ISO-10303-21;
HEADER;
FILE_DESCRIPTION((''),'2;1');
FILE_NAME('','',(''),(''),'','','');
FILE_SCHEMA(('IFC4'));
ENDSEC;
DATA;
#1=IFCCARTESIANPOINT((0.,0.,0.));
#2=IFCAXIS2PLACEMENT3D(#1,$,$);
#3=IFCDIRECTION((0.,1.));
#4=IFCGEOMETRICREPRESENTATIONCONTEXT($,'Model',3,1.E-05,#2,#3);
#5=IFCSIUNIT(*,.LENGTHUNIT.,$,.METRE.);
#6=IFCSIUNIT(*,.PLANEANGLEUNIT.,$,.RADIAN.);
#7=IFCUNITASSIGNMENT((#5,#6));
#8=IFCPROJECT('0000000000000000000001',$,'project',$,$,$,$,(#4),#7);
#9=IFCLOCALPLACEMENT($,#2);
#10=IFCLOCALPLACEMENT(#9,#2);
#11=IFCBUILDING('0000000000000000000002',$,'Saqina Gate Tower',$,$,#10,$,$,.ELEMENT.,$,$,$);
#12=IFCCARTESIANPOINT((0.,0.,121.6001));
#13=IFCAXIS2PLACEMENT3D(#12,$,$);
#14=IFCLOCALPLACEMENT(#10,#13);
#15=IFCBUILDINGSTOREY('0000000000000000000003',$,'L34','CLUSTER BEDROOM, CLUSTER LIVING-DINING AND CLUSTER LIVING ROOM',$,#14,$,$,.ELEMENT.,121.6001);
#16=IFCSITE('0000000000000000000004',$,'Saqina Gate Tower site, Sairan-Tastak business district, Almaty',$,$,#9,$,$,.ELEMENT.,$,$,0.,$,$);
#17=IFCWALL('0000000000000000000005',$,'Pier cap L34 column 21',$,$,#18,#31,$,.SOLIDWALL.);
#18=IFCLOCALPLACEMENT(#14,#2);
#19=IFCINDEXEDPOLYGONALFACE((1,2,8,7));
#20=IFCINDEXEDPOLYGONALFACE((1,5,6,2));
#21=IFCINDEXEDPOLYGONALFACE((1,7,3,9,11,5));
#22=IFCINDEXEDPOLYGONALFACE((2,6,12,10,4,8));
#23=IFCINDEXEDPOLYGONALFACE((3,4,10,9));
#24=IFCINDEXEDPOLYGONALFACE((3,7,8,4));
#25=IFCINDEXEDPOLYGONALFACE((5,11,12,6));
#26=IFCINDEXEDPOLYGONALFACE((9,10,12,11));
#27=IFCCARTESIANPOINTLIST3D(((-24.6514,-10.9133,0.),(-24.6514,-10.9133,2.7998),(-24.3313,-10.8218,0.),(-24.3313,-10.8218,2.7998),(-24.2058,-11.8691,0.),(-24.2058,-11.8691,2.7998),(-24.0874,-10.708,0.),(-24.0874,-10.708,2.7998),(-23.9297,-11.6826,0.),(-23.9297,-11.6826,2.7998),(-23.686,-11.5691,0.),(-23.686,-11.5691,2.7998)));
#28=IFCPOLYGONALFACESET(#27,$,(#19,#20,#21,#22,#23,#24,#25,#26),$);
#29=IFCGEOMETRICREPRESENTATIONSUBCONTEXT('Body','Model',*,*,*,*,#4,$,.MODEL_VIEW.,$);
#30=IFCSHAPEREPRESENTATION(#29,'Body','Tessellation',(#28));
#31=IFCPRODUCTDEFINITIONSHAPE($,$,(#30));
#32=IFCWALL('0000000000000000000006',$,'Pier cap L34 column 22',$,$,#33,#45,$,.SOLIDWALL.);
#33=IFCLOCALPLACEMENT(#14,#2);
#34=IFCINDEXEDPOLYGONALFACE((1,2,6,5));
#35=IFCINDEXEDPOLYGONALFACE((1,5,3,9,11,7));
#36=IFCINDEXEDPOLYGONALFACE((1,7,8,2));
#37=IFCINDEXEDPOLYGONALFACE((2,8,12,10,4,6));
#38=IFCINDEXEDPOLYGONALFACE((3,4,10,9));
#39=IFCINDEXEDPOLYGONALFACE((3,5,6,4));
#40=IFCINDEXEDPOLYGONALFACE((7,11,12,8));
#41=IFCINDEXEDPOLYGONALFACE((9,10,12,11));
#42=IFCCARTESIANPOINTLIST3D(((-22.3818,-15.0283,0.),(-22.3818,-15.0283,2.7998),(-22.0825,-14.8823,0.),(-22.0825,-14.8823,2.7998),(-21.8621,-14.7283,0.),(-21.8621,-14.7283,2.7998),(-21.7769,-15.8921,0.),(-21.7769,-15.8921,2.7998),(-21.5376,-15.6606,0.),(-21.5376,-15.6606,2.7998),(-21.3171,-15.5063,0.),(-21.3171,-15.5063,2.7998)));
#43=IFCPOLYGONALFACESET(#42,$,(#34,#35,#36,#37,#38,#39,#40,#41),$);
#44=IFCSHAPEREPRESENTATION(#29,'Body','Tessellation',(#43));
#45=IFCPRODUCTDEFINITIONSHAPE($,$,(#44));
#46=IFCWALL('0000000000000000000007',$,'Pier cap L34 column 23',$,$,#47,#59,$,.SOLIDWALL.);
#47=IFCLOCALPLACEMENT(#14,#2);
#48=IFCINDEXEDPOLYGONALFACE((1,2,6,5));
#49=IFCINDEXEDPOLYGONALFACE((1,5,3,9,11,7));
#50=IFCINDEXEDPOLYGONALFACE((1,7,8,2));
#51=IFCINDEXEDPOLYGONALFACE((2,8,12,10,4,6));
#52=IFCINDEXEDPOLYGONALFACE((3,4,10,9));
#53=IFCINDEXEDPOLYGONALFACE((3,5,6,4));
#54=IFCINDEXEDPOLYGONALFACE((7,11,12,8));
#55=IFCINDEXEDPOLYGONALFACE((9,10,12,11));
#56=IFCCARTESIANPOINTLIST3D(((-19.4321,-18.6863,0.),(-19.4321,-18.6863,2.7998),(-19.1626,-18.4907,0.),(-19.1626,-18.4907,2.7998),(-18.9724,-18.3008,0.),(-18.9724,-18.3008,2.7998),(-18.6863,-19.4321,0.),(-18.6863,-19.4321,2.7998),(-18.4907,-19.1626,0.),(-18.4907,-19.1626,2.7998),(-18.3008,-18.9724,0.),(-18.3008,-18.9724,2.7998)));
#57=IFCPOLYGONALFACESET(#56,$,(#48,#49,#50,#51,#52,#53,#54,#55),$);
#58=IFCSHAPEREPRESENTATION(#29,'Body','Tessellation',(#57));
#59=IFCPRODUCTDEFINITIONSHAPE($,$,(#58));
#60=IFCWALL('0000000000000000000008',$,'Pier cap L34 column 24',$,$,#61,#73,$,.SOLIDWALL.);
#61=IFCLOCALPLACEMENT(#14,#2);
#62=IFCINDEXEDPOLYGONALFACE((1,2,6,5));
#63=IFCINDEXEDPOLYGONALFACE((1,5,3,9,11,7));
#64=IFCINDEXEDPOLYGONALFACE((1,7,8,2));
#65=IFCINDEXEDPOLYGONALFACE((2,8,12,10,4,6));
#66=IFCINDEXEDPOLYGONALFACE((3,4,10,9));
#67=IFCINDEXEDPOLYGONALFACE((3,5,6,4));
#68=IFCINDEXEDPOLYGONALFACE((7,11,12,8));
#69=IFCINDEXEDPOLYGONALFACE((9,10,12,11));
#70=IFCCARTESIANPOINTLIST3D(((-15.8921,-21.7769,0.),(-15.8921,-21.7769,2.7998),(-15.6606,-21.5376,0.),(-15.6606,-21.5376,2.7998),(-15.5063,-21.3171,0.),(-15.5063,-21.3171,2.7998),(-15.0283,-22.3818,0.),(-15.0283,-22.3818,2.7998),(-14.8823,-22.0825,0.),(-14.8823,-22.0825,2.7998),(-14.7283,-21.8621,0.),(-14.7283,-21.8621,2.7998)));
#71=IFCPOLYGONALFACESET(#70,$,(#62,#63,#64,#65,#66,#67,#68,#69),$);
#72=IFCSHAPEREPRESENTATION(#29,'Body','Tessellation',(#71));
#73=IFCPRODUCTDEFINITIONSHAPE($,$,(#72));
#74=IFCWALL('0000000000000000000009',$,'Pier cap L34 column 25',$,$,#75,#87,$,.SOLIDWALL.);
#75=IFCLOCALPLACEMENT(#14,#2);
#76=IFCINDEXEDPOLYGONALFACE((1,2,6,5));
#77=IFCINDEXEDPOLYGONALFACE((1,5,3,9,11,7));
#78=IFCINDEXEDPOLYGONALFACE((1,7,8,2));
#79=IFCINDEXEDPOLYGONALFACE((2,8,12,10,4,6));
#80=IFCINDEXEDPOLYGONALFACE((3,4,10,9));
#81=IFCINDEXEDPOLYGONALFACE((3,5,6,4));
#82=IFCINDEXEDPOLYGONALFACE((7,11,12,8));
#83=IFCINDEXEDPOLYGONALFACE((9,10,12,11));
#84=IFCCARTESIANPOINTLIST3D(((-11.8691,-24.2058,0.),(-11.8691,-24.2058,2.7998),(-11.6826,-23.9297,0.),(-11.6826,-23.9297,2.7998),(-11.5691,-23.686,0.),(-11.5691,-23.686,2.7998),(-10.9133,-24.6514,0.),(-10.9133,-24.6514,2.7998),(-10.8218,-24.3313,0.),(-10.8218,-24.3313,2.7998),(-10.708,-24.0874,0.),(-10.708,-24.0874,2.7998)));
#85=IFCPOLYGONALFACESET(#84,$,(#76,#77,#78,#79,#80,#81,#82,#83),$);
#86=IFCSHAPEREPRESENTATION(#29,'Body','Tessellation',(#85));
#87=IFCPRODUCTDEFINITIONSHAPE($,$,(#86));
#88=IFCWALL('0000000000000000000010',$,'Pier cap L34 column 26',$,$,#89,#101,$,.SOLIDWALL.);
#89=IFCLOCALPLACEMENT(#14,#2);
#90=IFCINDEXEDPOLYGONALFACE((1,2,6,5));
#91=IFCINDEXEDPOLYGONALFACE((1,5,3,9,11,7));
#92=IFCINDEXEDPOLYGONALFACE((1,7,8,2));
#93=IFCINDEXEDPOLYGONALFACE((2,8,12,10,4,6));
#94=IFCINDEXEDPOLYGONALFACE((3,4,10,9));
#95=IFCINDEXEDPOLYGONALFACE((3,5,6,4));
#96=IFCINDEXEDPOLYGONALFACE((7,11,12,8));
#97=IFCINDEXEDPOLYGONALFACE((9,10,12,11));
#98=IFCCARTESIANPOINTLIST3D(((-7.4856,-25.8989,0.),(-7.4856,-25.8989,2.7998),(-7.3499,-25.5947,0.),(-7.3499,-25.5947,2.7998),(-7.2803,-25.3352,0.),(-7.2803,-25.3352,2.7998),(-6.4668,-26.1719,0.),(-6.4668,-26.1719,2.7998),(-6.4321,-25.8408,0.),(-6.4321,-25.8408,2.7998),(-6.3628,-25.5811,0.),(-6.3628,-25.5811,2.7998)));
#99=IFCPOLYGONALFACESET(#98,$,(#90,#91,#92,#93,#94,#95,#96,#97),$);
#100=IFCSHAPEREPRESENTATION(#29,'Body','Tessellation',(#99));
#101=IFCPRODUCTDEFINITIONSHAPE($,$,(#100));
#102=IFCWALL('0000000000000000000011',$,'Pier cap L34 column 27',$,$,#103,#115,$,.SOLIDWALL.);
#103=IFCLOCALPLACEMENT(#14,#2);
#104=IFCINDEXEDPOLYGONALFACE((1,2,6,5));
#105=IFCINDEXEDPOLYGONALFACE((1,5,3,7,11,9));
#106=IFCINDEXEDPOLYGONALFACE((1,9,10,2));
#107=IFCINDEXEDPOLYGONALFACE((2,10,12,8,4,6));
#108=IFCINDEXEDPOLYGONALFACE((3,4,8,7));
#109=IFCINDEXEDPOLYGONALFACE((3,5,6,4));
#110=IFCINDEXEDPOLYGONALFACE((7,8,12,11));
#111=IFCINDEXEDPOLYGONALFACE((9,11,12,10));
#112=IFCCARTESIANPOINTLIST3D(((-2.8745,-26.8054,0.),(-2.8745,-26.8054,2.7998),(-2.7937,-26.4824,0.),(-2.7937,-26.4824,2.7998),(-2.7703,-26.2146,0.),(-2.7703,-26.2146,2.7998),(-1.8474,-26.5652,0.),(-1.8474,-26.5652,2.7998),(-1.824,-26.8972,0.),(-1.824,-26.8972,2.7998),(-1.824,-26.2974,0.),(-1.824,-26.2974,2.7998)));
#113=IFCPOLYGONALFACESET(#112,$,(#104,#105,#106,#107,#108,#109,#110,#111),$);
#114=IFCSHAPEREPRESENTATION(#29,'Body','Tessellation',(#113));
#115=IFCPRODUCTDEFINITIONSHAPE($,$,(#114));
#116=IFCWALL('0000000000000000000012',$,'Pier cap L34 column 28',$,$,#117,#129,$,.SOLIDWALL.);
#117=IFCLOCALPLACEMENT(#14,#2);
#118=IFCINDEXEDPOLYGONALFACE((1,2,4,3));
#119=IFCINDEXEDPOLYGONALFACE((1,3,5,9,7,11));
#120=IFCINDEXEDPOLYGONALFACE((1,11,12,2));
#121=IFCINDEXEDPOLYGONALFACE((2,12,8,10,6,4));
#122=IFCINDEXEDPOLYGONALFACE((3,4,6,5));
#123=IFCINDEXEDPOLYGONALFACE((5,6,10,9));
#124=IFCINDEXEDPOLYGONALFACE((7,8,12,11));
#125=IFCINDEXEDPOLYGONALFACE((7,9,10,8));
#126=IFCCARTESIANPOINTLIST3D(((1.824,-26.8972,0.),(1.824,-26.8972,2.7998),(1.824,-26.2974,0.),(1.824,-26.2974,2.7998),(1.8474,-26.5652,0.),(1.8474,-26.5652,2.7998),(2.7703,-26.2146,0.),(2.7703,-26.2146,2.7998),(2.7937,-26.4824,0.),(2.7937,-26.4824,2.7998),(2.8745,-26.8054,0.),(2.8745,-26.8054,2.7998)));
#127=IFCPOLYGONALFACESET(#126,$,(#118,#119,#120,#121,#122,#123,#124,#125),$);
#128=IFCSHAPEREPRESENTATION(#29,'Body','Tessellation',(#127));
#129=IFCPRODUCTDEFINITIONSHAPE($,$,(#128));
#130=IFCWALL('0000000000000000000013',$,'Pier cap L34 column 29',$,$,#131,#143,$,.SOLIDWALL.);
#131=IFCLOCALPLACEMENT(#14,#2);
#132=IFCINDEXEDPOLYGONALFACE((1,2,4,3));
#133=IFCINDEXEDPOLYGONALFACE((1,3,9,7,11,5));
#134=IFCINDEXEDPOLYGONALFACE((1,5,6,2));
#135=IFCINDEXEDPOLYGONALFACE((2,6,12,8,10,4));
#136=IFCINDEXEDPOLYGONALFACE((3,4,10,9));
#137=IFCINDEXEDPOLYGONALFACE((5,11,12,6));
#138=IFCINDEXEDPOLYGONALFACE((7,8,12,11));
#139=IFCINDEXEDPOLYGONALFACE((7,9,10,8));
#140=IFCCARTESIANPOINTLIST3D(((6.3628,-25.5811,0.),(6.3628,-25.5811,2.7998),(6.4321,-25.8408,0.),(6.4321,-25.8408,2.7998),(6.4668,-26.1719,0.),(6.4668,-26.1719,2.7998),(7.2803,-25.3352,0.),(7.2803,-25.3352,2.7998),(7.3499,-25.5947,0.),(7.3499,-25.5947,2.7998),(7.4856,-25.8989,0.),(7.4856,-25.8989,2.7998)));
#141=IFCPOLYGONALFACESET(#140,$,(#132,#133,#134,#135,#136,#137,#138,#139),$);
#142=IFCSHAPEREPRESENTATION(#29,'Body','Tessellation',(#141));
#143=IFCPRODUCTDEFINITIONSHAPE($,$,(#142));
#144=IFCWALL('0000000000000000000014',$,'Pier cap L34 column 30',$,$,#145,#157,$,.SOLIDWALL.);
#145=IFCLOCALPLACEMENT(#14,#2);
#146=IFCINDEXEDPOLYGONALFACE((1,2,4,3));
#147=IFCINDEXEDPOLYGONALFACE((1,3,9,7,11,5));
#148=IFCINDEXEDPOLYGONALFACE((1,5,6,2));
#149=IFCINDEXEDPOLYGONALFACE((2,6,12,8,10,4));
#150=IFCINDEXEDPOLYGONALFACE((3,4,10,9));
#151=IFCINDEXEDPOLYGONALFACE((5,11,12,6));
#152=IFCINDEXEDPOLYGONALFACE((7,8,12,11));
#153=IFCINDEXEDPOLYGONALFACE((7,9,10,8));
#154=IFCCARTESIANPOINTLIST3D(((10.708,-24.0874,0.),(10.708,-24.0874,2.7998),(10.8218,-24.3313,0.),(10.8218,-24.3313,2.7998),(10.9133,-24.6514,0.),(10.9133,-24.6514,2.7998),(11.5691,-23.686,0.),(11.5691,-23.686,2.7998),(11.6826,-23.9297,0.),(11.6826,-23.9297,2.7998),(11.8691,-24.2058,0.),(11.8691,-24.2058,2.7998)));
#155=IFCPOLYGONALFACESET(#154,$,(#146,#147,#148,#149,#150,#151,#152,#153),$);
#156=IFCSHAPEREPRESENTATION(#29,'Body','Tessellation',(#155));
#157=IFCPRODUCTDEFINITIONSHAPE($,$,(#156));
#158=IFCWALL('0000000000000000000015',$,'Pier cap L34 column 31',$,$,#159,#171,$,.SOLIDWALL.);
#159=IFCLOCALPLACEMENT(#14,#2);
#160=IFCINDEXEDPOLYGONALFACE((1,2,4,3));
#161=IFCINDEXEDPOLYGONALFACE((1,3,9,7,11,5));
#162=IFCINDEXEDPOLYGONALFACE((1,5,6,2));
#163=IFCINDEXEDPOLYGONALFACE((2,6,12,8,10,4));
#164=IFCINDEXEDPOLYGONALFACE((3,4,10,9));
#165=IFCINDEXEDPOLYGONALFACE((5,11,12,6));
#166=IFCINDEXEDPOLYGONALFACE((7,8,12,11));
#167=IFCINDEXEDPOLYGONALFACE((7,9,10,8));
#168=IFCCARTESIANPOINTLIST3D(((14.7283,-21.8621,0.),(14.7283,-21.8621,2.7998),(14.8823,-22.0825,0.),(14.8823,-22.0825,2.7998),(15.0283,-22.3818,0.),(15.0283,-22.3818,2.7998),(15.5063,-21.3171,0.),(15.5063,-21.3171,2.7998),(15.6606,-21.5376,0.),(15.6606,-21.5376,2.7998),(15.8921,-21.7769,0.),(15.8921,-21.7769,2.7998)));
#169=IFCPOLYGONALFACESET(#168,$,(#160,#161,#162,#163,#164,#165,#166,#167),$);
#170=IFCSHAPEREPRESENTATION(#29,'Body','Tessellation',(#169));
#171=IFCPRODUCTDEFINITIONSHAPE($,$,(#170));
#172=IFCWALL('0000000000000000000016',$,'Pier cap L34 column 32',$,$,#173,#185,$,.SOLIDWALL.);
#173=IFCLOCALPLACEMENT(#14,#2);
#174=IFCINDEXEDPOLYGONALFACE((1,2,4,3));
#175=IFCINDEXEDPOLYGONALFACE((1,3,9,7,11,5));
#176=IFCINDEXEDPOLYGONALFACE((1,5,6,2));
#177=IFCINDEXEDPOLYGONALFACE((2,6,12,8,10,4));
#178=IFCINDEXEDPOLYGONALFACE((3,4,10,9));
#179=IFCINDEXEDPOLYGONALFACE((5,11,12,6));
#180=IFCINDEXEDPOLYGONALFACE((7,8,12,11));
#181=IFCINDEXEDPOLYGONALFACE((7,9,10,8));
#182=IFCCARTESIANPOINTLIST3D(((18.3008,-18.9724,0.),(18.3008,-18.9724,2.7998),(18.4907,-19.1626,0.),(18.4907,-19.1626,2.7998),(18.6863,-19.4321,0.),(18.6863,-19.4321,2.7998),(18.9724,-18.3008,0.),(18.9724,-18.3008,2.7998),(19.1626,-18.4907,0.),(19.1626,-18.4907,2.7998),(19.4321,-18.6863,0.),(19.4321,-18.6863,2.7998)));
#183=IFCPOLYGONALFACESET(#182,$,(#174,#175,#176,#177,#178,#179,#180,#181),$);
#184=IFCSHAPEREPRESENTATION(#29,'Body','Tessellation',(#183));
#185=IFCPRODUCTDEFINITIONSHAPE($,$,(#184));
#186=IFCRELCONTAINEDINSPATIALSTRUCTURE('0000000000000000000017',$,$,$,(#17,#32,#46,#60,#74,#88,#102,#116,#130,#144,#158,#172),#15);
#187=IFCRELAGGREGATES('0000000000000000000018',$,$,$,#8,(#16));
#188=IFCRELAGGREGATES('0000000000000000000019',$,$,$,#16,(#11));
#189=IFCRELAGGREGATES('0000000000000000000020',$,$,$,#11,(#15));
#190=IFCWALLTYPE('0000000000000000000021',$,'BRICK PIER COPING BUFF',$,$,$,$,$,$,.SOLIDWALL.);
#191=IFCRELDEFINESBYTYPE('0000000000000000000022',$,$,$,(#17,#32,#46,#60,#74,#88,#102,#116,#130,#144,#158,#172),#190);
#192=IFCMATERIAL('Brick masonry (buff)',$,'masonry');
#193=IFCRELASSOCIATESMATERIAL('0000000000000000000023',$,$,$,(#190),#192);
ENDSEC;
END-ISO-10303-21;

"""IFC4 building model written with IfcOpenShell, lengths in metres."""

from ifc_helpers import new_model, si_unit, direction, frame, origin, place, context, subcontext, project, spatial, polyline, outline, extrude, material, type_object, element, save


model = new_model("IFC4")

# Units and contexts
model_context = context("Model", 3, precision=1e-05, world=origin(), true_north=direction((0.0, 1.0)))
body_context = subcontext(model_context, "Body", "Model", "MODEL_VIEW")
ifc_project = project(units=[si_unit("LENGTHUNIT", "METRE"), si_unit("PLANEANGLEUNIT", "RADIAN")], contexts=[model_context])

# Site, building, storey
site_placement = place(None, origin())
site = spatial("IfcSite", under=ifc_project, at=site_placement, Name="Saqina Gate Tower site, Sairan-Tastak business district, Almaty", CompositionType="ELEMENT", RefElevation=0.0)
building_placement = place(site_placement, origin())
building = spatial("IfcBuilding", under=site, at=building_placement, Name="Saqina Gate Tower", CompositionType="ELEMENT")
storey_placement = place(building_placement, frame((0.0, 0.0, 121.6001)))
storey = spatial("IfcBuildingStorey", under=building, at=storey_placement, Name="L34", Description="CLUSTER BEDROOM, CLUSTER LIVING-DINING AND CLUSTER LIVING ROOM", CompositionType="ELEMENT", Elevation=121.6001)

# Walls
ifc_material_1 = material(Name="Brick masonry (buff)", Category="masonry")
wall_type_1 = type_object("IfcWallType", Name="BRICK PIER COPING BUFF", PredefinedType="SOLIDWALL", material=ifc_material_1)
wall_1_placement = place(storey_placement, origin())
element("IfcWall", 1, at=wall_1_placement, inside=storey, type_object=wall_type_1, Name="Pier cap L34 column 21", PredefinedType="SOLIDWALL", context=body_context, shape_type="SweptSolid", body=[
    extrude(outline(polyline([(-24.6514, -10.9133), (-24.2058, -11.8691), (-23.686, -11.5691), (-23.9297, -11.6826), (-24.3313, -10.8218), (-24.0874, -10.708), (-24.6514, -10.9133)])), origin(), (0.0, 0.0, 1.0), 2.7998),
])
wall_2_placement = place(storey_placement, origin())
element("IfcWall", 2, at=wall_2_placement, inside=storey, type_object=wall_type_1, Name="Pier cap L34 column 22", PredefinedType="SOLIDWALL", context=body_context, shape_type="SweptSolid", body=[
    extrude(outline(polyline([(-21.7769, -15.8921), (-21.3171, -15.5063), (-21.5376, -15.6606), (-22.0825, -14.8823), (-21.8621, -14.7283), (-22.3818, -15.0283), (-21.7769, -15.8921)])), origin(), (0.0, 0.0, 1.0), 2.7998),
])
wall_3_placement = place(storey_placement, origin())
element("IfcWall", 3, at=wall_3_placement, inside=storey, type_object=wall_type_1, Name="Pier cap L34 column 23", PredefinedType="SOLIDWALL", context=body_context, shape_type="SweptSolid", body=[
    extrude(outline(polyline([(-19.4321, -18.6863), (-18.6863, -19.4321), (-18.3008, -18.9724), (-18.4907, -19.1626), (-19.1626, -18.4907), (-18.9724, -18.3008), (-19.4321, -18.6863)])), origin(), (0.0, 0.0, 1.0), 2.7998),
])
wall_4_placement = place(storey_placement, origin())
element("IfcWall", 4, at=wall_4_placement, inside=storey, type_object=wall_type_1, Name="Pier cap L34 column 24", PredefinedType="SOLIDWALL", context=body_context, shape_type="SweptSolid", body=[
    extrude(outline(polyline([(-15.0283, -22.3818), (-14.7283, -21.8621), (-14.8823, -22.0825), (-15.6606, -21.5376), (-15.5063, -21.3171), (-15.8921, -21.7769), (-15.0283, -22.3818)])), origin(), (0.0, 0.0, 1.0), 2.7998),
])
wall_5_placement = place(storey_placement, origin())
element("IfcWall", 5, at=wall_5_placement, inside=storey, type_object=wall_type_1, Name="Pier cap L34 column 25", PredefinedType="SOLIDWALL", context=body_context, shape_type="SweptSolid", body=[
    extrude(outline(polyline([(-10.9133, -24.6514), (-10.708, -24.0874), (-10.8218, -24.3313), (-11.6826, -23.9297), (-11.5691, -23.686), (-11.8691, -24.2058), (-10.9133, -24.6514)])), origin(), (0.0, 0.0, 1.0), 2.7998),
])
wall_6_placement = place(storey_placement, origin())
element("IfcWall", 6, at=wall_6_placement, inside=storey, type_object=wall_type_1, Name="Pier cap L34 column 26", PredefinedType="SOLIDWALL", context=body_context, shape_type="SweptSolid", body=[
    extrude(outline(polyline([(-7.4856, -25.8989), (-6.4668, -26.1719), (-6.3628, -25.5811), (-6.4321, -25.8408), (-7.3499, -25.5947), (-7.2803, -25.3352), (-7.4856, -25.8989)])), origin(), (0.0, 0.0, 1.0), 2.7998),
])
wall_7_placement = place(storey_placement, origin())
element("IfcWall", 7, at=wall_7_placement, inside=storey, type_object=wall_type_1, Name="Pier cap L34 column 27", PredefinedType="SOLIDWALL", context=body_context, shape_type="SweptSolid", body=[
    extrude(outline(polyline([(-2.8745, -26.8054), (-1.824, -26.8972), (-1.824, -26.2974), (-1.8474, -26.5652), (-2.7937, -26.4824), (-2.7703, -26.2146), (-2.8745, -26.8054)])), origin(), (0.0, 0.0, 1.0), 2.7998),
])
wall_8_placement = place(storey_placement, origin())
element("IfcWall", 8, at=wall_8_placement, inside=storey, type_object=wall_type_1, Name="Pier cap L34 column 28", PredefinedType="SOLIDWALL", context=body_context, shape_type="SweptSolid", body=[
    extrude(outline(polyline([(2.8745, -26.8054), (2.7703, -26.2146), (2.7937, -26.4824), (1.8474, -26.5652), (1.824, -26.2974), (1.824, -26.8972), (2.8745, -26.8054)])), origin(), (0.0, 0.0, 1.0), 2.7998),
])
wall_9_placement = place(storey_placement, origin())
element("IfcWall", 9, at=wall_9_placement, inside=storey, type_object=wall_type_1, Name="Pier cap L34 column 29", PredefinedType="SOLIDWALL", context=body_context, shape_type="SweptSolid", body=[
    extrude(outline(polyline([(6.4668, -26.1719), (7.4856, -25.8989), (7.2803, -25.3352), (7.3499, -25.5947), (6.4321, -25.8408), (6.3628, -25.5811), (6.4668, -26.1719)])), origin(), (0.0, 0.0, 1.0), 2.7998),
])
wall_10_placement = place(storey_placement, origin())
element("IfcWall", 10, at=wall_10_placement, inside=storey, type_object=wall_type_1, Name="Pier cap L34 column 30", PredefinedType="SOLIDWALL", context=body_context, shape_type="SweptSolid", body=[
    extrude(outline(polyline([(10.9133, -24.6514), (11.8691, -24.2058), (11.5691, -23.686), (11.6826, -23.9297), (10.8218, -24.3313), (10.708, -24.0874), (10.9133, -24.6514)])), origin(), (0.0, 0.0, 1.0), 2.7998),
])
wall_11_placement = place(storey_placement, origin())
element("IfcWall", 11, at=wall_11_placement, inside=storey, type_object=wall_type_1, Name="Pier cap L34 column 31", PredefinedType="SOLIDWALL", context=body_context, shape_type="SweptSolid", body=[
    extrude(outline(polyline([(15.8921, -21.7769), (15.5063, -21.3171), (15.6606, -21.5376), (14.8823, -22.0825), (14.7283, -21.8621), (15.0283, -22.3818), (15.8921, -21.7769)])), origin(), (0.0, 0.0, 1.0), 2.7998),
])
wall_12_placement = place(storey_placement, origin())
element("IfcWall", 12, at=wall_12_placement, inside=storey, type_object=wall_type_1, Name="Pier cap L34 column 32", PredefinedType="SOLIDWALL", context=body_context, shape_type="SweptSolid", body=[
    extrude(outline(polyline([(18.6863, -19.4321), (19.4321, -18.6863), (18.9724, -18.3008), (19.1626, -18.4907), (18.4907, -19.1626), (18.3008, -18.9724), (18.6863, -19.4321)])), origin(), (0.0, 0.0, 1.0), 2.7998),
])

save(model, "model.ifc")
